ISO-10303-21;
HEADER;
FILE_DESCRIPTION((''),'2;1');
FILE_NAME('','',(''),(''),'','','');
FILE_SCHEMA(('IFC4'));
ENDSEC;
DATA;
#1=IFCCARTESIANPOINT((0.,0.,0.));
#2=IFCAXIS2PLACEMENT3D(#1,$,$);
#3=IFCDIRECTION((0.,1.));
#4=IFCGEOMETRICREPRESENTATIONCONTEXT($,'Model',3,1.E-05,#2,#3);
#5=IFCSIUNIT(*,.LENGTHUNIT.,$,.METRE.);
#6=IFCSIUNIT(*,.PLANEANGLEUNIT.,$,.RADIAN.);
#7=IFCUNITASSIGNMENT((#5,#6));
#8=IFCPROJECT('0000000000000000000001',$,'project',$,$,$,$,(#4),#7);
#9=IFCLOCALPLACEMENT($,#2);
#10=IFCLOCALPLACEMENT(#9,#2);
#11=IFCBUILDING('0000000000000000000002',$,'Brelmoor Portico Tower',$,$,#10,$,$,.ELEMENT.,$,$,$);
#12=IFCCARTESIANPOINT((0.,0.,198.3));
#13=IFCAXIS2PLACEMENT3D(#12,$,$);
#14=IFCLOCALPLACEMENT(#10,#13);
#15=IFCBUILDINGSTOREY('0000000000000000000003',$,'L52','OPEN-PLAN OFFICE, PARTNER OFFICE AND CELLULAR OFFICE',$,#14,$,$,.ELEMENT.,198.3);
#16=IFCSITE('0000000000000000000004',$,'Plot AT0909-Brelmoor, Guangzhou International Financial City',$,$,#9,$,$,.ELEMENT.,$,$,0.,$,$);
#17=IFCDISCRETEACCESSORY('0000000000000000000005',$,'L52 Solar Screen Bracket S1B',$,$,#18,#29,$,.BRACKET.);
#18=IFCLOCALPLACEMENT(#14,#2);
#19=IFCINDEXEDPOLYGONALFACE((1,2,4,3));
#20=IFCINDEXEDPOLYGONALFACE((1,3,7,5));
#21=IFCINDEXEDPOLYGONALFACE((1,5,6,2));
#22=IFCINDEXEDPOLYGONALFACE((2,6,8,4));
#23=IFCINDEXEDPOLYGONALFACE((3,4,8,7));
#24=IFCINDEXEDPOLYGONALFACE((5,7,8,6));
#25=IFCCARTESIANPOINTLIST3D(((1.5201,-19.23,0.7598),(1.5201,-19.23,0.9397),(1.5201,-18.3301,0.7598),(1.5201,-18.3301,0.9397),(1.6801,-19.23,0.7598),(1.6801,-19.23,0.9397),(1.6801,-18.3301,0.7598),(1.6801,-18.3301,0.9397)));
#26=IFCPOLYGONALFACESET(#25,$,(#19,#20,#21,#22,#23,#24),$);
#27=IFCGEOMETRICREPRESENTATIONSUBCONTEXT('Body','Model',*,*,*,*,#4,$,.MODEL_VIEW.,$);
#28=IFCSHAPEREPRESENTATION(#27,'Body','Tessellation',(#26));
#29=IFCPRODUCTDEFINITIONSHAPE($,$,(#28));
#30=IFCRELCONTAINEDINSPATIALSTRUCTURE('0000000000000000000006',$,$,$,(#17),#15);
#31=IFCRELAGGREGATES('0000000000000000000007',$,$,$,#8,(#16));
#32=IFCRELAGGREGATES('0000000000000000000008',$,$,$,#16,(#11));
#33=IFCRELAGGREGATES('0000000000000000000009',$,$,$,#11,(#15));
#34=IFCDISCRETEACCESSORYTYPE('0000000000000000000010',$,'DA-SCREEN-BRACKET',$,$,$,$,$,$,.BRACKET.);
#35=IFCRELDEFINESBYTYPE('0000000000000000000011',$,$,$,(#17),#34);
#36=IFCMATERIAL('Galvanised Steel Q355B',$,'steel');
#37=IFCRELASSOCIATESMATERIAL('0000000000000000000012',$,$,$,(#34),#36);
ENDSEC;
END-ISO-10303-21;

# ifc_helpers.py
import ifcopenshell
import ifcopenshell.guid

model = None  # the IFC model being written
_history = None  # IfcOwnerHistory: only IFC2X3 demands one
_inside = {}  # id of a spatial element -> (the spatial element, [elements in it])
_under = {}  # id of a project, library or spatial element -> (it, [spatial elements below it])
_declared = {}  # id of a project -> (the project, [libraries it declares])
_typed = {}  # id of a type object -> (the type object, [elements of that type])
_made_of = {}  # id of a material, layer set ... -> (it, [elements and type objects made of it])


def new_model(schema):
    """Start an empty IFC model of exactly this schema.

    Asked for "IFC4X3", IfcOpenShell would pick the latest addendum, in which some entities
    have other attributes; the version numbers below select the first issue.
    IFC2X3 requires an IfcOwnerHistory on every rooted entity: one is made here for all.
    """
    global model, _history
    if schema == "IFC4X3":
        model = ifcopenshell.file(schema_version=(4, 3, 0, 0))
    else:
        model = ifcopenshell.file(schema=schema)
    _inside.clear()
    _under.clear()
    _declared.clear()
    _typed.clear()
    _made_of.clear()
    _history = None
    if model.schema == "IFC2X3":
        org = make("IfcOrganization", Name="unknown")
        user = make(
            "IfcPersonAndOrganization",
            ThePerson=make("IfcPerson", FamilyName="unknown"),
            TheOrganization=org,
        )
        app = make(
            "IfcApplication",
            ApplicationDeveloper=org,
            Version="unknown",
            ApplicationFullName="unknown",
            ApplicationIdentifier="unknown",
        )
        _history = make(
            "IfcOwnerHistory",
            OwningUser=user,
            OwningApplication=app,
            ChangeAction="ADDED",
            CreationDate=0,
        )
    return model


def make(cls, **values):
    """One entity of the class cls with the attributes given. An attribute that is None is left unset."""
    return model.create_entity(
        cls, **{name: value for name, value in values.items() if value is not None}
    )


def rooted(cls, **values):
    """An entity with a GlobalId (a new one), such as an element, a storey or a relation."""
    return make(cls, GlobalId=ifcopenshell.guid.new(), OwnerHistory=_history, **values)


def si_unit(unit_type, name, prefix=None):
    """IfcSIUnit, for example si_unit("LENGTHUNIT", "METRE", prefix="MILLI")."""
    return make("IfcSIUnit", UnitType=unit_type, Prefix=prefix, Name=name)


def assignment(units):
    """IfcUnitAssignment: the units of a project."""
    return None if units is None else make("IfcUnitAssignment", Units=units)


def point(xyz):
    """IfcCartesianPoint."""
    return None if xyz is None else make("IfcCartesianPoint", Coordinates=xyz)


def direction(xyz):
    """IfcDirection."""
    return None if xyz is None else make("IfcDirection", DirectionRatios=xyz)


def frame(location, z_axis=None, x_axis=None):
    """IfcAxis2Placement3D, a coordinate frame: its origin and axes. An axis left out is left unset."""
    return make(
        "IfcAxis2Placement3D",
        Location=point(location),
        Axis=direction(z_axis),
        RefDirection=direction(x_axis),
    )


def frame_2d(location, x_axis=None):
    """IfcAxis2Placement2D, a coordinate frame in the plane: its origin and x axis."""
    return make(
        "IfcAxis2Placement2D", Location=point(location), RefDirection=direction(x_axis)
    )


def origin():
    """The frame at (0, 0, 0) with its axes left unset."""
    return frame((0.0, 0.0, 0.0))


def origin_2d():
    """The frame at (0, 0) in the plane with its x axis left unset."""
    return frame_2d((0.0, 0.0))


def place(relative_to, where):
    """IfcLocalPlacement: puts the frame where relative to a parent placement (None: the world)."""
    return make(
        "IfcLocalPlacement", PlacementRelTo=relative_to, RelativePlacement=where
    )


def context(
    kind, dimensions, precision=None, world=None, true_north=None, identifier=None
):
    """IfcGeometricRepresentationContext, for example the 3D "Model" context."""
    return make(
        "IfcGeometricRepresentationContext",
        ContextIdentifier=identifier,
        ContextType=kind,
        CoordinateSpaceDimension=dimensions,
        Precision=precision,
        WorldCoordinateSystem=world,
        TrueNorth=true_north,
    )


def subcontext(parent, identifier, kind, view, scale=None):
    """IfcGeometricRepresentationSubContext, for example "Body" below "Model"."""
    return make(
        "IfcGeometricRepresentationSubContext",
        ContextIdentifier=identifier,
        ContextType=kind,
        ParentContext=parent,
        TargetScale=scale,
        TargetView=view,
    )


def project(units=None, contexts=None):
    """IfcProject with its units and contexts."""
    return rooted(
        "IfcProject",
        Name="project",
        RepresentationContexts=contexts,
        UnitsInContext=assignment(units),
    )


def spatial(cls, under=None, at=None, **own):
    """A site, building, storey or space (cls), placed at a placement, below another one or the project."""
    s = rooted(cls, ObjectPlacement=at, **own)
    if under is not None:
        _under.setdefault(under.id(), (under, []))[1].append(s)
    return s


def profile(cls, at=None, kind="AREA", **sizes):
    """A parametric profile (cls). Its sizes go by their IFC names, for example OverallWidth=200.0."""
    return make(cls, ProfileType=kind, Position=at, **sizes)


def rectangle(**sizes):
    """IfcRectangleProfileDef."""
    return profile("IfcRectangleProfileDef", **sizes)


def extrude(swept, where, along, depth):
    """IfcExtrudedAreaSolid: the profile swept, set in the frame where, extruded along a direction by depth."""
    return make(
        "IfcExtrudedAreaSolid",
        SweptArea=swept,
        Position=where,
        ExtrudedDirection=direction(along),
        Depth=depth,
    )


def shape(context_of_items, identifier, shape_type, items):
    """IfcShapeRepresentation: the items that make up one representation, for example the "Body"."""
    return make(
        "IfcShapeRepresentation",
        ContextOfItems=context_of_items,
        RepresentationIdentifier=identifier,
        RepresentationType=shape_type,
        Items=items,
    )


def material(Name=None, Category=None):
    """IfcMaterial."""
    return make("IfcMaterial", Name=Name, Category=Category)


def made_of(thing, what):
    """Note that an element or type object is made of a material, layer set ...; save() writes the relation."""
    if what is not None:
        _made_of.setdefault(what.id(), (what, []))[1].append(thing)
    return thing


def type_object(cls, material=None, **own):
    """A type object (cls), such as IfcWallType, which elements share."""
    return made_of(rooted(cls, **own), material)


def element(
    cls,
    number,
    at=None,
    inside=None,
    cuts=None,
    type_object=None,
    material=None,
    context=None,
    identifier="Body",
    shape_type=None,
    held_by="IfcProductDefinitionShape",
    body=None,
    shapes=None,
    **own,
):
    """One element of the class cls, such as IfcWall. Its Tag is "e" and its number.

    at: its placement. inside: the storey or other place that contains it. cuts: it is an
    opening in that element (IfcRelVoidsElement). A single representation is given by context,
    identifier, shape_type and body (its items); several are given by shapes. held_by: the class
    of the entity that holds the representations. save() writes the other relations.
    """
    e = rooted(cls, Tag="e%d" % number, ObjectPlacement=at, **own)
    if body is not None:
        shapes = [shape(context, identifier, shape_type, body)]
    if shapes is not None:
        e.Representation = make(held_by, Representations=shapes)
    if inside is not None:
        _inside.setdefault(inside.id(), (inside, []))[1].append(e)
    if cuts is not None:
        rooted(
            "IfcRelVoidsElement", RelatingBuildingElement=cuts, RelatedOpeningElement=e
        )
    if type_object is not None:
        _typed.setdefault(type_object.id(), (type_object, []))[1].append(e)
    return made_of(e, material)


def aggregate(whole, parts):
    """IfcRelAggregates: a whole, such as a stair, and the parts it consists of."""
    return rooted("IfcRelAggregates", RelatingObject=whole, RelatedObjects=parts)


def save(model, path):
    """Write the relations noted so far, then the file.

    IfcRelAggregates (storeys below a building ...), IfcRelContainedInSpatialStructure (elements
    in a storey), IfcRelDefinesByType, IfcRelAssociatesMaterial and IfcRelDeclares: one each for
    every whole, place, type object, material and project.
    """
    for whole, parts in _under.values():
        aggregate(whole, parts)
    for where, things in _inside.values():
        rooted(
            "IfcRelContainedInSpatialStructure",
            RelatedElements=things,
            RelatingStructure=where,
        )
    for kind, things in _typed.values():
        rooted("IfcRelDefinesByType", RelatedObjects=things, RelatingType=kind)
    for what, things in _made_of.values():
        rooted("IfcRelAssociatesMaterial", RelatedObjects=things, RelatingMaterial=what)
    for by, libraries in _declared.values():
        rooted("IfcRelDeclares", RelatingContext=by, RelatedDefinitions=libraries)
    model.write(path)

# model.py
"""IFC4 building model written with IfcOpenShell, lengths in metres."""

from ifc_helpers import new_model, si_unit, direction, frame, origin, origin_2d, place, context, subcontext, project, spatial, rectangle, extrude, material, type_object, element, save


model = new_model("IFC4")

# Units and contexts
model_context = context("Model", 3, precision=1e-05, world=origin(), true_north=direction((0.0, 1.0)))
body_context = subcontext(model_context, "Body", "Model", "MODEL_VIEW")
ifc_project = project(units=[si_unit("LENGTHUNIT", "METRE"), si_unit("PLANEANGLEUNIT", "RADIAN")], contexts=[model_context])

# Site, building, storey
site_placement = place(None, origin())
site = spatial("IfcSite", under=ifc_project, at=site_placement, Name="Plot AT0909-Brelmoor, Guangzhou International Financial City", CompositionType="ELEMENT", RefElevation=0.0)
building_placement = place(site_placement, origin())
building = spatial("IfcBuilding", under=site, at=building_placement, Name="Brelmoor Portico Tower", CompositionType="ELEMENT")
storey_placement = place(building_placement, frame((0.0, 0.0, 198.3)))
storey = spatial("IfcBuildingStorey", under=building, at=storey_placement, Name="L52", Description="OPEN-PLAN OFFICE, PARTNER OFFICE AND CELLULAR OFFICE", CompositionType="ELEMENT", Elevation=198.3)

# Discrete accessory
ifc_material_1 = material(Name="Galvanised Steel Q355B", Category="steel")
discrete_accessory_type = type_object("IfcDiscreteAccessoryType", Name="DA-SCREEN-BRACKET", PredefinedType="BRACKET", material=ifc_material_1)
discrete_accessory_placement = place(storey_placement, frame((1.6001, -18.78, 0.7598), z_axis=(0.0, 0.0, 1.0), x_axis=(1.0, 0.0, 0.0)))
element("IfcDiscreteAccessory", 1, at=discrete_accessory_placement, inside=storey, type_object=discrete_accessory_type, Name="L52 Solar Screen Bracket S1B", PredefinedType="BRACKET", context=body_context, shape_type="SweptSolid", body=[
    extrude(rectangle(XDim=0.1599, YDim=0.8999, at=origin_2d()), origin(), (0.0, 0.0, 1.0), 0.1799),
])

save(model, "model.ifc")
